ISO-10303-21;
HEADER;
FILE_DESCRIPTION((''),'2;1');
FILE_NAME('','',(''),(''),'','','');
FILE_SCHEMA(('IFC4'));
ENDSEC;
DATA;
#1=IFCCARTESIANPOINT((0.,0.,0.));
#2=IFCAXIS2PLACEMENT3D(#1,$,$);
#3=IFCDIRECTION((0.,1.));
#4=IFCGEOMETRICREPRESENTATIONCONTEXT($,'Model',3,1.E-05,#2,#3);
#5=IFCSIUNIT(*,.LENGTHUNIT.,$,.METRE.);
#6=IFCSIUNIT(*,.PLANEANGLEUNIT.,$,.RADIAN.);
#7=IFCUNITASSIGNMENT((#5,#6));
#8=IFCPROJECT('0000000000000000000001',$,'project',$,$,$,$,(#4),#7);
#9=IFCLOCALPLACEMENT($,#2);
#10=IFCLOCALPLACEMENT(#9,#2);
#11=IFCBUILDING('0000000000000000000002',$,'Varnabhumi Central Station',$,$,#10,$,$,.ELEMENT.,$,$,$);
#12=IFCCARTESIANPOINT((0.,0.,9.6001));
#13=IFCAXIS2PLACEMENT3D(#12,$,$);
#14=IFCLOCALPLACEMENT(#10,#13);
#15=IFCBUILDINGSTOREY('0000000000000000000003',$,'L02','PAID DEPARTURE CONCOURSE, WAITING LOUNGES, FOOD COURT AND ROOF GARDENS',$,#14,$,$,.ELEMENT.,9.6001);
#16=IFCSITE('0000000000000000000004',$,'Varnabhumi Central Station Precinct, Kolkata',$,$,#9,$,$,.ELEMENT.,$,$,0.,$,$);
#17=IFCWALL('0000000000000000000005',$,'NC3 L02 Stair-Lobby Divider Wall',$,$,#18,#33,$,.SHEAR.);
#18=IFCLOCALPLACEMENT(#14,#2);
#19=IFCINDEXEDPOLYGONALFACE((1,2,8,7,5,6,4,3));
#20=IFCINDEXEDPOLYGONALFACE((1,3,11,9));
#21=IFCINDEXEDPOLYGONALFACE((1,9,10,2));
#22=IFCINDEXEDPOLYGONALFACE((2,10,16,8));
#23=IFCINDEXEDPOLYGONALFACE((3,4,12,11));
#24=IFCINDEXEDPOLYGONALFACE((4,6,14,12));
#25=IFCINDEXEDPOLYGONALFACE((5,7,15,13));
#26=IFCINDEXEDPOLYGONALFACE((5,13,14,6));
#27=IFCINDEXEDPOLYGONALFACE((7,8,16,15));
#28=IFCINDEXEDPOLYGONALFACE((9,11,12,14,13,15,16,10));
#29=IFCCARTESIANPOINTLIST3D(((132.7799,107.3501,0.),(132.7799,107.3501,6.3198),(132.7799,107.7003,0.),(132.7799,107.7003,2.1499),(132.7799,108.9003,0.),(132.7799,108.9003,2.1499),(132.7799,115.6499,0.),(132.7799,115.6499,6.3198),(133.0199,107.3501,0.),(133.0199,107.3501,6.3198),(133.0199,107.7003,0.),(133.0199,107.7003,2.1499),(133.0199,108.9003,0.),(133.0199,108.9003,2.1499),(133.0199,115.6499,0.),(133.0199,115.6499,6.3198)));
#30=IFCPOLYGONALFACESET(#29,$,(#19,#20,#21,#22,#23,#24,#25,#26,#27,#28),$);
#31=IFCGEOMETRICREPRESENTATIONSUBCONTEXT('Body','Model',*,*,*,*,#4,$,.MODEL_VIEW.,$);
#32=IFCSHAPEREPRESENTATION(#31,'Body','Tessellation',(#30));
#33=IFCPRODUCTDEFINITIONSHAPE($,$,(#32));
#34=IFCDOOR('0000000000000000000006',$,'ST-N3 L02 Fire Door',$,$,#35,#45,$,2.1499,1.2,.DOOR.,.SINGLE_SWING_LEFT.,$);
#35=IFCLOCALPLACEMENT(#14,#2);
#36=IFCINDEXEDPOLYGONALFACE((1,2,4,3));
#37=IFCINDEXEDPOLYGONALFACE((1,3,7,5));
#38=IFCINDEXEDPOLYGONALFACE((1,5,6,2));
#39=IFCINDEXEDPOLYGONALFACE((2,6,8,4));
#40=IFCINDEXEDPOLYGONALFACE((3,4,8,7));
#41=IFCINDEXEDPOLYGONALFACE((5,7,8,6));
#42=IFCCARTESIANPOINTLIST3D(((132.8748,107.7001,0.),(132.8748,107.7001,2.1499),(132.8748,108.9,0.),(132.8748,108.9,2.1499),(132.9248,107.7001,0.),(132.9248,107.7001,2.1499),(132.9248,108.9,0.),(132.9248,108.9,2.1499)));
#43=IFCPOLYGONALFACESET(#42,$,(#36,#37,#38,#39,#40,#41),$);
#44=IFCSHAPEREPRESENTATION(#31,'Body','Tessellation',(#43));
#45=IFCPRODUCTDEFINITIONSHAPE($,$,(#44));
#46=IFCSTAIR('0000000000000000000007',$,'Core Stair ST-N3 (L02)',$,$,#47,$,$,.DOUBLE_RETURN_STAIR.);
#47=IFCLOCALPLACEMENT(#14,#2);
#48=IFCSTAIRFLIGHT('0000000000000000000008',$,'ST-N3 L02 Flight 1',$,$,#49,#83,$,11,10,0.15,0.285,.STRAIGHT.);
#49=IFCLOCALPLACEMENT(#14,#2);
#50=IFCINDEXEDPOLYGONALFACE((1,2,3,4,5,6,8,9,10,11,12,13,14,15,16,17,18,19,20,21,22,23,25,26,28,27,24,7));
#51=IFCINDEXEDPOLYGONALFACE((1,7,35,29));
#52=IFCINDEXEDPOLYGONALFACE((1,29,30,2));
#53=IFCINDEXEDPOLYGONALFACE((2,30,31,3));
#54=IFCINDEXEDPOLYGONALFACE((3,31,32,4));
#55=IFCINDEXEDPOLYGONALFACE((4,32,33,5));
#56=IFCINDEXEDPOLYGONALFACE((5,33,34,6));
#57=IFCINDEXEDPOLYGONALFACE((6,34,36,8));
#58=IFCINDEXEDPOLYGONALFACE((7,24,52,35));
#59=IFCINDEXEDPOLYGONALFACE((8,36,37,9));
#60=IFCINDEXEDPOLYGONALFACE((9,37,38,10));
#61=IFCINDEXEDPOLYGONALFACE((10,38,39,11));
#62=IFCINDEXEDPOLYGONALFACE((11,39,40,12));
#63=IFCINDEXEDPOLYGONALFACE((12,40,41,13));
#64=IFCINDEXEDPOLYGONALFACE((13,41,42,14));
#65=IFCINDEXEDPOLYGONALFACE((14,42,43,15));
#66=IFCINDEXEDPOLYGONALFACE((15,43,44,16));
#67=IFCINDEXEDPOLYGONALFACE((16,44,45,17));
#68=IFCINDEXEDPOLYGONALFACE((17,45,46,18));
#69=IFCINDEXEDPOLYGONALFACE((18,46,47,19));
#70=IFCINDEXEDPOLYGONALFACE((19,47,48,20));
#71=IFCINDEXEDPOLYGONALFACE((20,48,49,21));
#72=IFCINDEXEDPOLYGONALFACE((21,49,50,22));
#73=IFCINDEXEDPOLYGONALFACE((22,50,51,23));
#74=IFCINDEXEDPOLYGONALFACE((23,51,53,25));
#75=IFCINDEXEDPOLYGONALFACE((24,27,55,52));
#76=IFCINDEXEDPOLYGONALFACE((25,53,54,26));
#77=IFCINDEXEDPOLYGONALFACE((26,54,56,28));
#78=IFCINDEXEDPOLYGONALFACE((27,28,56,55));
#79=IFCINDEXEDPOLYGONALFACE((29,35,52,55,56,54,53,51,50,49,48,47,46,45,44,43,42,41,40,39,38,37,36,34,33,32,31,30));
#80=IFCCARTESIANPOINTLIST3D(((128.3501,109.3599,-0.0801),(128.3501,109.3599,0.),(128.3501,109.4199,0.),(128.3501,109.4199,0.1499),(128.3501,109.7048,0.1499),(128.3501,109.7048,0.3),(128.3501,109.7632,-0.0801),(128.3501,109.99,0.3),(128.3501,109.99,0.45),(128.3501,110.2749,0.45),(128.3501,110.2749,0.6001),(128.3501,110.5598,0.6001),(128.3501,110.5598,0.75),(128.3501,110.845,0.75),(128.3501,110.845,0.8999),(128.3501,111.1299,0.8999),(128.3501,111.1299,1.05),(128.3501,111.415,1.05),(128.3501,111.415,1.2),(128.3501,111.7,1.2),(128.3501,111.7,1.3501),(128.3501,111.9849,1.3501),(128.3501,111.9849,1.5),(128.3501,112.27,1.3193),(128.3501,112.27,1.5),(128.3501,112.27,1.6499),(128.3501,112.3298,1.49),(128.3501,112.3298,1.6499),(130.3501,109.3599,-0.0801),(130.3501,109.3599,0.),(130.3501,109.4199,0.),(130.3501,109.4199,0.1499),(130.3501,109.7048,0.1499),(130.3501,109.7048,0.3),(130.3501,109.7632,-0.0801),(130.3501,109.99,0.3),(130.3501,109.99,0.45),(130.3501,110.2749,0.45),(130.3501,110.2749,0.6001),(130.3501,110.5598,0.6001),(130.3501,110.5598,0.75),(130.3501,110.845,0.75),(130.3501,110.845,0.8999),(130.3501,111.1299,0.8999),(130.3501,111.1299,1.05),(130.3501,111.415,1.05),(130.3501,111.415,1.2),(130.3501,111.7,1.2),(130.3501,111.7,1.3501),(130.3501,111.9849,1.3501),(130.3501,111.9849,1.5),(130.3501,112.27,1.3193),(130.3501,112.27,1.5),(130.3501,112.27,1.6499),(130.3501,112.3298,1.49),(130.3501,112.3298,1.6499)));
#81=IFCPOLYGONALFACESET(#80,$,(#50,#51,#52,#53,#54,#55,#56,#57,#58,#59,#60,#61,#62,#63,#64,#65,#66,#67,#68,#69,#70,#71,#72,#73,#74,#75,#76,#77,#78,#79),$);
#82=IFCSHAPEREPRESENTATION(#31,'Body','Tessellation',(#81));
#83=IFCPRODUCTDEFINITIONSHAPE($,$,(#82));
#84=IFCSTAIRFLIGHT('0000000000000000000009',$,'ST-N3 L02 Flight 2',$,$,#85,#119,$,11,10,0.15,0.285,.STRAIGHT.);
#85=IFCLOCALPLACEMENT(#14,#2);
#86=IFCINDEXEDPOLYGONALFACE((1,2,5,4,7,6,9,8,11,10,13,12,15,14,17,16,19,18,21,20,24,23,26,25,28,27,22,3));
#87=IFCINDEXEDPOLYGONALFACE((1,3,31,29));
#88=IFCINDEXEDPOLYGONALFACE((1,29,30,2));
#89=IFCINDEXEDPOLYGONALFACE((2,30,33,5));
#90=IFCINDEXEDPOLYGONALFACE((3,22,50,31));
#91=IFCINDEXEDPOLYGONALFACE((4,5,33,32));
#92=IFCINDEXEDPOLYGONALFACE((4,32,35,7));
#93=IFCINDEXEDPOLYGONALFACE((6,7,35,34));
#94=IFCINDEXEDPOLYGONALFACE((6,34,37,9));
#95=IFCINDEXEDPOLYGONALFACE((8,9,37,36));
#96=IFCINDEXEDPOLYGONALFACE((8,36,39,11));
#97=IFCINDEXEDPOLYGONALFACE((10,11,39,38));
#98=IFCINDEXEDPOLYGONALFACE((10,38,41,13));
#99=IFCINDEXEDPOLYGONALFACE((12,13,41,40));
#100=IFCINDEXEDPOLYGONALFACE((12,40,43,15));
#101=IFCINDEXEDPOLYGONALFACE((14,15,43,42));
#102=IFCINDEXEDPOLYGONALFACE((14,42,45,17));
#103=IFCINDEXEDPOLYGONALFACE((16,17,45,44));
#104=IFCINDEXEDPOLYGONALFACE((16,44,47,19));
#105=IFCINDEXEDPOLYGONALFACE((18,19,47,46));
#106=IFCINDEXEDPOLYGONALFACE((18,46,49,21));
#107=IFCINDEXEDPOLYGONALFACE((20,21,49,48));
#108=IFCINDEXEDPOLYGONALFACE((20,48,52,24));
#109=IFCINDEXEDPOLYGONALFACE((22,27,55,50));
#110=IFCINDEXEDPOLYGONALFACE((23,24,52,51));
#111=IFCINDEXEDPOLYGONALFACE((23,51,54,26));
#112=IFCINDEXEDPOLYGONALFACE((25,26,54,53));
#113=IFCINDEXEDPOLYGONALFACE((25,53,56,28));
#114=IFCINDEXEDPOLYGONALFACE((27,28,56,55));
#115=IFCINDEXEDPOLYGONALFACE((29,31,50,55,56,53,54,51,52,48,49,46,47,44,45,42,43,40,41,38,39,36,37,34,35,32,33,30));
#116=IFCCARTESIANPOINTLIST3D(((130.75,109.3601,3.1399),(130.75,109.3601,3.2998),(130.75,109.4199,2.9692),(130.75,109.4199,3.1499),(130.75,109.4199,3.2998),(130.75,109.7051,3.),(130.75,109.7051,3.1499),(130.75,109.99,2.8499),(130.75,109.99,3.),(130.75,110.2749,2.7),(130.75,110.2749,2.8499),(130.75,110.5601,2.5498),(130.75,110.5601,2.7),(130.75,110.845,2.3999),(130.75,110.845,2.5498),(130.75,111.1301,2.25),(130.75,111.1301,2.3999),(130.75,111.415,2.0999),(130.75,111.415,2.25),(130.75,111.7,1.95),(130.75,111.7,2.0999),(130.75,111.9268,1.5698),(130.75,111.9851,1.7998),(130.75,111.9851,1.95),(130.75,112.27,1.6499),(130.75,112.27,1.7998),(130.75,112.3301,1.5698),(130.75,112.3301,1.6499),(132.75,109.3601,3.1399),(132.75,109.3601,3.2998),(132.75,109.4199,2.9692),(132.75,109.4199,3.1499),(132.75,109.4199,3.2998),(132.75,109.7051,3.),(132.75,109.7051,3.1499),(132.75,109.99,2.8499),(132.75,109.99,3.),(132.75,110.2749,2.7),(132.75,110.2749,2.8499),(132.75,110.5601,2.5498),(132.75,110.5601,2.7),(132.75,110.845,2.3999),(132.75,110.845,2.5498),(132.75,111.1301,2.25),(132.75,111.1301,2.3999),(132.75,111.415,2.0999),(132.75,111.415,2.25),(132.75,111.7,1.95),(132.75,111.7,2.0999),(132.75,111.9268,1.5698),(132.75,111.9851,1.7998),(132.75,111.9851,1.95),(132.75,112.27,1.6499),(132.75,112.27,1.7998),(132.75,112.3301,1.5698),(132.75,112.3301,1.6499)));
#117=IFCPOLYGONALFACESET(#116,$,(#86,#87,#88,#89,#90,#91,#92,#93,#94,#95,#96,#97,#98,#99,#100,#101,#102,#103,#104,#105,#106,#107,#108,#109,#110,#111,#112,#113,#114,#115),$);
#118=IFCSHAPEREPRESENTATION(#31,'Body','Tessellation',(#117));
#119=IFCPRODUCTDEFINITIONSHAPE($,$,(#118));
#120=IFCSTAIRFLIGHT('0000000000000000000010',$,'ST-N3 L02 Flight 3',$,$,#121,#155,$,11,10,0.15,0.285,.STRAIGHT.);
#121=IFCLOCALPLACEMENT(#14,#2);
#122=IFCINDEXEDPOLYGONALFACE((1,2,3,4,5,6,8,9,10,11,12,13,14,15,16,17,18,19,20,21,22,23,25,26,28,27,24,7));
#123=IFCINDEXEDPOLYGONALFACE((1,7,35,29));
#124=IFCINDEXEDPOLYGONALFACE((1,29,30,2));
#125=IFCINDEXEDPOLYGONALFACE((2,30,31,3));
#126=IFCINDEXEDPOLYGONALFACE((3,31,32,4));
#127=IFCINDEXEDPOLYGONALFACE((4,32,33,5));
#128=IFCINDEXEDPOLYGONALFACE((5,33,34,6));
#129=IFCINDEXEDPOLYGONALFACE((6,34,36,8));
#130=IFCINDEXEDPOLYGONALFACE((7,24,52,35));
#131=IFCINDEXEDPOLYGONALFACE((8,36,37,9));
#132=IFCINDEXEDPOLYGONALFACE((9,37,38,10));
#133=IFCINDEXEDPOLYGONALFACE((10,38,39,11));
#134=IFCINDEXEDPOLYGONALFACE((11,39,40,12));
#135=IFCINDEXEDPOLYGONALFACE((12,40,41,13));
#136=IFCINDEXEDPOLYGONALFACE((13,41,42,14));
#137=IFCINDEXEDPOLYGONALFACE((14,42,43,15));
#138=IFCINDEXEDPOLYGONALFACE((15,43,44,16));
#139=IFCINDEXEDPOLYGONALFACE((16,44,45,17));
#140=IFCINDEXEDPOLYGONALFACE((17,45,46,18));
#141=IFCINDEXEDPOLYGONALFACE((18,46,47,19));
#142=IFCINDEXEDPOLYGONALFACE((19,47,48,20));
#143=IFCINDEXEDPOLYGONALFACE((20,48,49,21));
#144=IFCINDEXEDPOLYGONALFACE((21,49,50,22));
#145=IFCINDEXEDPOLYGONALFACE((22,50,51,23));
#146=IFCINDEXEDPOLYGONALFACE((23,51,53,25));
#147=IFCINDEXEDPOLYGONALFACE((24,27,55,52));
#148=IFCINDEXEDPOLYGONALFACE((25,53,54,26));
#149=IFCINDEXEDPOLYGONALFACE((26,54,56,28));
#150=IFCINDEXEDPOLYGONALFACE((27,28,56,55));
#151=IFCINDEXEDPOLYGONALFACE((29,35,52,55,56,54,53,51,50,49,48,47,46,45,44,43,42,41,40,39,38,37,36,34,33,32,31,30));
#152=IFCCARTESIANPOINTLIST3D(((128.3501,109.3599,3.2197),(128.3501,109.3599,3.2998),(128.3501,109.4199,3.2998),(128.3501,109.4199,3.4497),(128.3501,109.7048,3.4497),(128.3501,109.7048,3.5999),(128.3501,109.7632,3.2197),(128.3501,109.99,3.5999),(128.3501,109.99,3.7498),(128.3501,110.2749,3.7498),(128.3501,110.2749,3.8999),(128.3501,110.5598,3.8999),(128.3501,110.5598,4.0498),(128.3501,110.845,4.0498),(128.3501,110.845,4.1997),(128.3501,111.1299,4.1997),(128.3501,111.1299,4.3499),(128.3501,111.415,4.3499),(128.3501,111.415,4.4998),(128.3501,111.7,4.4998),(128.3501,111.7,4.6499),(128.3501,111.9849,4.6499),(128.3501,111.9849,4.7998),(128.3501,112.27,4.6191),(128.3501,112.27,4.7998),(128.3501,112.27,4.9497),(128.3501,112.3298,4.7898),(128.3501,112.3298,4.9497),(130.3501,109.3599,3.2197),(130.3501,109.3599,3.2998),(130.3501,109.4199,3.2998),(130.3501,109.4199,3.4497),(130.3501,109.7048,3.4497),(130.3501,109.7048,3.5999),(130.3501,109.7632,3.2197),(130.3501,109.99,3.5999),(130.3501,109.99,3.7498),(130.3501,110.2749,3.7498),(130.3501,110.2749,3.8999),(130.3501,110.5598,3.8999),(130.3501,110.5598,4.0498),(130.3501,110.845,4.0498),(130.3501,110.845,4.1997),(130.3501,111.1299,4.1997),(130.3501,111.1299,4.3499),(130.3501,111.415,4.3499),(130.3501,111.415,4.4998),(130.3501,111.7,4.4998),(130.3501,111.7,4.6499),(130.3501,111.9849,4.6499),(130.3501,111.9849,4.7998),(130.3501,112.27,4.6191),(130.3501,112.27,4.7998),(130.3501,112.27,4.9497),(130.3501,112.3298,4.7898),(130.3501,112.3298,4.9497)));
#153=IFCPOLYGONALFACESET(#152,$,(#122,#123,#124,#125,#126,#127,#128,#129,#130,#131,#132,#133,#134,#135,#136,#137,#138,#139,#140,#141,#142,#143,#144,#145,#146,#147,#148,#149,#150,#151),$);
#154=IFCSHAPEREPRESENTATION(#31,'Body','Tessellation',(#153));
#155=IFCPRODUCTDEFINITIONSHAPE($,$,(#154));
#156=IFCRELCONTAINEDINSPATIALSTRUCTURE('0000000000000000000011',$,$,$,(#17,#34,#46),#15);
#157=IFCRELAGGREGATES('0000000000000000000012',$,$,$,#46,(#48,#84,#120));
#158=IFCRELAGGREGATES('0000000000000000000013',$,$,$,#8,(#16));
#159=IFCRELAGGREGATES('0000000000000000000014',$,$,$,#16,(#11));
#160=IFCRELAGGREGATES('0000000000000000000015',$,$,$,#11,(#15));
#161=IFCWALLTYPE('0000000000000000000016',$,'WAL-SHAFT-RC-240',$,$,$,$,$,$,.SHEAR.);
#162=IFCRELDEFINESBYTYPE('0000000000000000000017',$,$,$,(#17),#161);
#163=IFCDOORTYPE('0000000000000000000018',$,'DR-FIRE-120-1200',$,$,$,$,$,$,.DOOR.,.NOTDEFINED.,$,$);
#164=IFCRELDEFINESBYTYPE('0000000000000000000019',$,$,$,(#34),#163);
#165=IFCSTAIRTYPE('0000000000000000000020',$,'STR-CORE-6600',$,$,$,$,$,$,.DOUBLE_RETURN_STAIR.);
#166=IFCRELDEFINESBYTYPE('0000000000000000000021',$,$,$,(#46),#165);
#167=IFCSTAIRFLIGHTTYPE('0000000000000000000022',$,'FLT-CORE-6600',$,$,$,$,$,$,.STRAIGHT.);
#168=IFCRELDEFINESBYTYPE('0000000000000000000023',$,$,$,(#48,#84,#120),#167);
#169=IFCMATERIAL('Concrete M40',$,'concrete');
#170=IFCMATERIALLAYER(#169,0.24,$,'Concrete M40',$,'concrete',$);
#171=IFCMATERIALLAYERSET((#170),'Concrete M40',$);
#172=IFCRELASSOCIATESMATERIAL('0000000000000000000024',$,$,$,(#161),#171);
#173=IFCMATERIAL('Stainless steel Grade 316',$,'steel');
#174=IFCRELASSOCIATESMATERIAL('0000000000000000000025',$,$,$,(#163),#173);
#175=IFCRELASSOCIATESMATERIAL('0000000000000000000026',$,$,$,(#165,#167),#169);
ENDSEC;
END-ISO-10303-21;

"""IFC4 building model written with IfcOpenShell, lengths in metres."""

from ifc_helpers import new_model, si_unit, direction, frame, frame_2d, origin, place, context, subcontext, project, spatial, polyline, rectangle, outline, extrude, material, layer, layer_set, type_object, element, fill, aggregate, save


model = new_model("IFC4")

# Units and contexts
model_context = context("Model", 3, precision=1e-05, world=origin(), true_north=direction((0.0, 1.0)))
body_context = subcontext(model_context, "Body", "Model", "MODEL_VIEW")
ifc_project = project(units=[si_unit("LENGTHUNIT", "METRE"), si_unit("PLANEANGLEUNIT", "RADIAN")], contexts=[model_context])

# Site, building, storey
site_placement = place(None, origin())
site = spatial("IfcSite", under=ifc_project, at=site_placement, Name="Varnabhumi Central Station Precinct, Kolkata", CompositionType="ELEMENT", RefElevation=0.0)
building_placement = place(site_placement, origin())
building = spatial("IfcBuilding", under=site, at=building_placement, Name="Varnabhumi Central Station", CompositionType="ELEMENT")
storey_placement = place(building_placement, frame((0.0, 0.0, 9.6001)))
storey = spatial("IfcBuildingStorey", under=building, at=storey_placement, Name="L02", Description="PAID DEPARTURE CONCOURSE, WAITING LOUNGES, FOOD COURT AND ROOF GARDENS", CompositionType="ELEMENT", Elevation=9.6001)

# Shared definitions
ifc_material_1 = material(Name="Concrete M40", Category="concrete")

# Wall, opening, door
ifc_layer_1 = layer(ifc_material_1, 0.24, Name="Concrete M40", Category="concrete")
ifc_layer_set_1 = layer_set([ifc_layer_1], Name="Concrete M40")
wall_type_1 = type_object("IfcWallType", Name="WAL-SHAFT-RC-240", PredefinedType="SHEAR", material=ifc_layer_set_1)
wall_1_placement = place(storey_placement, frame((132.8999, 107.3501, 0.0), z_axis=(0.0, 0.0, 1.0), x_axis=(0.0, 1.0, 0.0)))
wall_1 = element("IfcWall", 1, at=wall_1_placement, inside=storey, type_object=wall_type_1, Name="NC3 L02 Stair-Lobby Divider Wall", PredefinedType="SHEAR", context=body_context, shape_type="SweptSolid", body=[
    extrude(rectangle(XDim=8.2998, YDim=0.24, at=frame_2d((4.1499, 0.0))), origin(), (0.0, 0.0, 1.0), 6.3198),
])
opening_1_placement = place(wall_1_placement, frame((0.3501, 0.0, 0.0)))
opening_1 = element("IfcOpeningElement", 2, at=opening_1_placement, cuts=wall_1, PredefinedType="OPENING", context=body_context, shape_type="SweptSolid", body=[
    extrude(rectangle(XDim=1.2, YDim=2.1499, at=frame_2d((0.6001, 1.075))), frame((0.0, 0.1299, 0.0), z_axis=(0.0, -1.0, 0.0), x_axis=(1.0, 0.0, 0.0)), (0.0, 0.0, 1.0), 0.26),
])
ifc_material_2 = material(Name="Stainless steel Grade 316", Category="steel")
door_type_1 = type_object("IfcDoorType", Name="DR-FIRE-120-1200", OperationType="NOTDEFINED", PredefinedType="DOOR", material=ifc_material_2)
door_1_placement = place(opening_1_placement, frame((1.2, 0.0, 0.0), z_axis=(0.0, 0.0, 1.0), x_axis=(-1.0, 0.0, 0.0)))
door_1 = element("IfcDoor", 3, at=door_1_placement, inside=storey, type_object=door_type_1, Name="ST-N3 L02 Fire Door", OperationType="SINGLE_SWING_LEFT", OverallHeight=2.1499, OverallWidth=1.2, PredefinedType="DOOR", context=body_context, shape_type="SweptSolid", body=[
    extrude(rectangle(XDim=1.2, YDim=2.1499, at=frame_2d((0.6001, 1.075))), frame((0.0, 0.0249, 0.0), z_axis=(0.0, -1.0, 0.0), x_axis=(1.0, 0.0, 0.0)), (0.0, 0.0, 1.0), 0.05),
])
fill(opening_1, door_1)

# Stair, stair flights
stair_type = type_object("IfcStairType", Name="STR-CORE-6600", PredefinedType="DOUBLE_RETURN_STAIR", material=ifc_material_1)
stair_placement = place(storey_placement, origin())
stair = element("IfcStair", 4, at=stair_placement, inside=storey, type_object=stair_type, Name="Core Stair ST-N3 (L02)", PredefinedType="DOUBLE_RETURN_STAIR")
stair_flight_type = type_object("IfcStairFlightType", Name="FLT-CORE-6600", PredefinedType="STRAIGHT", material=ifc_material_1)
stair_flight_1_placement = place(storey_placement, frame((129.3501, 109.4199, 0.0), z_axis=(0.0, 0.0, 1.0), x_axis=(0.0, 1.0, 0.0)))
stair_flight_1 = element("IfcStairFlight", 5, at=stair_flight_1_placement, type_object=stair_flight_type, Name="ST-N3 L02 Flight 1", NumberOfRisers=11, NumberOfTreads=10, PredefinedType="STRAIGHT", RiserHeight=0.15, TreadLength=0.285, context=body_context, shape_type="SweptSolid", body=[
    extrude(outline(polyline([(-0.0601, -0.0801), (-0.0601, 0.0), (0.0, 0.0), (0.0, 0.1499), (0.2849, 0.1499), (0.2849, 0.3), (0.5701, 0.3), (0.5701, 0.45), (0.855, 0.45), (0.855, 0.6001), (1.1399, 0.6001), (1.1399, 0.75), (1.425, 0.75), (1.425, 0.8999), (1.71, 0.8999), (1.71, 1.05), (1.9951, 1.05), (1.9951, 1.2), (2.28, 1.2), (2.28, 1.3501), (2.5649, 1.3501), (2.5649, 1.5), (2.8501, 1.5), (2.8501, 1.6499), (2.9099, 1.6499), (2.9099, 1.49), (2.8501, 1.3193), (0.3433, -0.0801), (-0.0601, -0.0801)])), frame((0.0, 1.0, 0.0), z_axis=(0.0, -1.0, 0.0), x_axis=(1.0, 0.0, 0.0)), (0.0, 0.0, 1.0), 2.0),
])
stair_flight_2_placement = place(storey_placement, frame((131.75, 112.27, 1.6499), z_axis=(0.0, 0.0, 1.0), x_axis=(0.0, -1.0, 0.0)))
stair_flight_2 = element("IfcStairFlight", 6, at=stair_flight_2_placement, type_object=stair_flight_type, Name="ST-N3 L02 Flight 2", NumberOfRisers=11, NumberOfTreads=10, PredefinedType="STRAIGHT", RiserHeight=0.15, TreadLength=0.285, context=body_context, shape_type="SweptSolid", body=[
    extrude(outline(polyline([(-0.0601, -0.0801), (-0.0601, 0.0), (0.0, 0.0), (0.0, 0.1499), (0.2849, 0.1499), (0.2849, 0.3), (0.5701, 0.3), (0.5701, 0.45), (0.855, 0.45), (0.855, 0.6001), (1.1399, 0.6001), (1.1399, 0.75), (1.425, 0.75), (1.425, 0.8999), (1.71, 0.8999), (1.71, 1.05), (1.9951, 1.05), (1.9951, 1.2), (2.28, 1.2), (2.28, 1.3501), (2.5649, 1.3501), (2.5649, 1.5), (2.8501, 1.5), (2.8501, 1.6499), (2.9099, 1.6499), (2.9099, 1.49), (2.8501, 1.3193), (0.3433, -0.0801), (-0.0601, -0.0801)])), frame((0.0, 1.0, 0.0), z_axis=(0.0, -1.0, 0.0), x_axis=(1.0, 0.0, 0.0)), (0.0, 0.0, 1.0), 2.0),
])
stair_flight_3_placement = place(storey_placement, frame((129.3501, 109.4199, 3.2998), z_axis=(0.0, 0.0, 1.0), x_axis=(0.0, 1.0, 0.0)))
stair_flight_3 = element("IfcStairFlight", 7, at=stair_flight_3_placement, type_object=stair_flight_type, Name="ST-N3 L02 Flight 3", NumberOfRisers=11, NumberOfTreads=10, PredefinedType="STRAIGHT", RiserHeight=0.15, TreadLength=0.285, context=body_context, shape_type="SweptSolid", body=[
    extrude(outline(polyline([(-0.0601, -0.0801), (-0.0601, 0.0), (0.0, 0.0), (0.0, 0.1499), (0.2849, 0.1499), (0.2849, 0.3), (0.5701, 0.3), (0.5701, 0.45), (0.855, 0.45), (0.855, 0.6001), (1.1399, 0.6001), (1.1399, 0.75), (1.425, 0.75), (1.425, 0.8999), (1.71, 0.8999), (1.71, 1.05), (1.9951, 1.05), (1.9951, 1.2), (2.28, 1.2), (2.28, 1.3501), (2.5649, 1.3501), (2.5649, 1.5), (2.8501, 1.5), (2.8501, 1.6499), (2.9099, 1.6499), (2.9099, 1.49), (2.8501, 1.3193), (0.3433, -0.0801), (-0.0601, -0.0801)])), frame((0.0, 1.0, 0.0), z_axis=(0.0, -1.0, 0.0), x_axis=(1.0, 0.0, 0.0)), (0.0, 0.0, 1.0), 2.0),
])
aggregate(stair, [stair_flight_1, stair_flight_2, stair_flight_3])

save(model, "model.ifc")
